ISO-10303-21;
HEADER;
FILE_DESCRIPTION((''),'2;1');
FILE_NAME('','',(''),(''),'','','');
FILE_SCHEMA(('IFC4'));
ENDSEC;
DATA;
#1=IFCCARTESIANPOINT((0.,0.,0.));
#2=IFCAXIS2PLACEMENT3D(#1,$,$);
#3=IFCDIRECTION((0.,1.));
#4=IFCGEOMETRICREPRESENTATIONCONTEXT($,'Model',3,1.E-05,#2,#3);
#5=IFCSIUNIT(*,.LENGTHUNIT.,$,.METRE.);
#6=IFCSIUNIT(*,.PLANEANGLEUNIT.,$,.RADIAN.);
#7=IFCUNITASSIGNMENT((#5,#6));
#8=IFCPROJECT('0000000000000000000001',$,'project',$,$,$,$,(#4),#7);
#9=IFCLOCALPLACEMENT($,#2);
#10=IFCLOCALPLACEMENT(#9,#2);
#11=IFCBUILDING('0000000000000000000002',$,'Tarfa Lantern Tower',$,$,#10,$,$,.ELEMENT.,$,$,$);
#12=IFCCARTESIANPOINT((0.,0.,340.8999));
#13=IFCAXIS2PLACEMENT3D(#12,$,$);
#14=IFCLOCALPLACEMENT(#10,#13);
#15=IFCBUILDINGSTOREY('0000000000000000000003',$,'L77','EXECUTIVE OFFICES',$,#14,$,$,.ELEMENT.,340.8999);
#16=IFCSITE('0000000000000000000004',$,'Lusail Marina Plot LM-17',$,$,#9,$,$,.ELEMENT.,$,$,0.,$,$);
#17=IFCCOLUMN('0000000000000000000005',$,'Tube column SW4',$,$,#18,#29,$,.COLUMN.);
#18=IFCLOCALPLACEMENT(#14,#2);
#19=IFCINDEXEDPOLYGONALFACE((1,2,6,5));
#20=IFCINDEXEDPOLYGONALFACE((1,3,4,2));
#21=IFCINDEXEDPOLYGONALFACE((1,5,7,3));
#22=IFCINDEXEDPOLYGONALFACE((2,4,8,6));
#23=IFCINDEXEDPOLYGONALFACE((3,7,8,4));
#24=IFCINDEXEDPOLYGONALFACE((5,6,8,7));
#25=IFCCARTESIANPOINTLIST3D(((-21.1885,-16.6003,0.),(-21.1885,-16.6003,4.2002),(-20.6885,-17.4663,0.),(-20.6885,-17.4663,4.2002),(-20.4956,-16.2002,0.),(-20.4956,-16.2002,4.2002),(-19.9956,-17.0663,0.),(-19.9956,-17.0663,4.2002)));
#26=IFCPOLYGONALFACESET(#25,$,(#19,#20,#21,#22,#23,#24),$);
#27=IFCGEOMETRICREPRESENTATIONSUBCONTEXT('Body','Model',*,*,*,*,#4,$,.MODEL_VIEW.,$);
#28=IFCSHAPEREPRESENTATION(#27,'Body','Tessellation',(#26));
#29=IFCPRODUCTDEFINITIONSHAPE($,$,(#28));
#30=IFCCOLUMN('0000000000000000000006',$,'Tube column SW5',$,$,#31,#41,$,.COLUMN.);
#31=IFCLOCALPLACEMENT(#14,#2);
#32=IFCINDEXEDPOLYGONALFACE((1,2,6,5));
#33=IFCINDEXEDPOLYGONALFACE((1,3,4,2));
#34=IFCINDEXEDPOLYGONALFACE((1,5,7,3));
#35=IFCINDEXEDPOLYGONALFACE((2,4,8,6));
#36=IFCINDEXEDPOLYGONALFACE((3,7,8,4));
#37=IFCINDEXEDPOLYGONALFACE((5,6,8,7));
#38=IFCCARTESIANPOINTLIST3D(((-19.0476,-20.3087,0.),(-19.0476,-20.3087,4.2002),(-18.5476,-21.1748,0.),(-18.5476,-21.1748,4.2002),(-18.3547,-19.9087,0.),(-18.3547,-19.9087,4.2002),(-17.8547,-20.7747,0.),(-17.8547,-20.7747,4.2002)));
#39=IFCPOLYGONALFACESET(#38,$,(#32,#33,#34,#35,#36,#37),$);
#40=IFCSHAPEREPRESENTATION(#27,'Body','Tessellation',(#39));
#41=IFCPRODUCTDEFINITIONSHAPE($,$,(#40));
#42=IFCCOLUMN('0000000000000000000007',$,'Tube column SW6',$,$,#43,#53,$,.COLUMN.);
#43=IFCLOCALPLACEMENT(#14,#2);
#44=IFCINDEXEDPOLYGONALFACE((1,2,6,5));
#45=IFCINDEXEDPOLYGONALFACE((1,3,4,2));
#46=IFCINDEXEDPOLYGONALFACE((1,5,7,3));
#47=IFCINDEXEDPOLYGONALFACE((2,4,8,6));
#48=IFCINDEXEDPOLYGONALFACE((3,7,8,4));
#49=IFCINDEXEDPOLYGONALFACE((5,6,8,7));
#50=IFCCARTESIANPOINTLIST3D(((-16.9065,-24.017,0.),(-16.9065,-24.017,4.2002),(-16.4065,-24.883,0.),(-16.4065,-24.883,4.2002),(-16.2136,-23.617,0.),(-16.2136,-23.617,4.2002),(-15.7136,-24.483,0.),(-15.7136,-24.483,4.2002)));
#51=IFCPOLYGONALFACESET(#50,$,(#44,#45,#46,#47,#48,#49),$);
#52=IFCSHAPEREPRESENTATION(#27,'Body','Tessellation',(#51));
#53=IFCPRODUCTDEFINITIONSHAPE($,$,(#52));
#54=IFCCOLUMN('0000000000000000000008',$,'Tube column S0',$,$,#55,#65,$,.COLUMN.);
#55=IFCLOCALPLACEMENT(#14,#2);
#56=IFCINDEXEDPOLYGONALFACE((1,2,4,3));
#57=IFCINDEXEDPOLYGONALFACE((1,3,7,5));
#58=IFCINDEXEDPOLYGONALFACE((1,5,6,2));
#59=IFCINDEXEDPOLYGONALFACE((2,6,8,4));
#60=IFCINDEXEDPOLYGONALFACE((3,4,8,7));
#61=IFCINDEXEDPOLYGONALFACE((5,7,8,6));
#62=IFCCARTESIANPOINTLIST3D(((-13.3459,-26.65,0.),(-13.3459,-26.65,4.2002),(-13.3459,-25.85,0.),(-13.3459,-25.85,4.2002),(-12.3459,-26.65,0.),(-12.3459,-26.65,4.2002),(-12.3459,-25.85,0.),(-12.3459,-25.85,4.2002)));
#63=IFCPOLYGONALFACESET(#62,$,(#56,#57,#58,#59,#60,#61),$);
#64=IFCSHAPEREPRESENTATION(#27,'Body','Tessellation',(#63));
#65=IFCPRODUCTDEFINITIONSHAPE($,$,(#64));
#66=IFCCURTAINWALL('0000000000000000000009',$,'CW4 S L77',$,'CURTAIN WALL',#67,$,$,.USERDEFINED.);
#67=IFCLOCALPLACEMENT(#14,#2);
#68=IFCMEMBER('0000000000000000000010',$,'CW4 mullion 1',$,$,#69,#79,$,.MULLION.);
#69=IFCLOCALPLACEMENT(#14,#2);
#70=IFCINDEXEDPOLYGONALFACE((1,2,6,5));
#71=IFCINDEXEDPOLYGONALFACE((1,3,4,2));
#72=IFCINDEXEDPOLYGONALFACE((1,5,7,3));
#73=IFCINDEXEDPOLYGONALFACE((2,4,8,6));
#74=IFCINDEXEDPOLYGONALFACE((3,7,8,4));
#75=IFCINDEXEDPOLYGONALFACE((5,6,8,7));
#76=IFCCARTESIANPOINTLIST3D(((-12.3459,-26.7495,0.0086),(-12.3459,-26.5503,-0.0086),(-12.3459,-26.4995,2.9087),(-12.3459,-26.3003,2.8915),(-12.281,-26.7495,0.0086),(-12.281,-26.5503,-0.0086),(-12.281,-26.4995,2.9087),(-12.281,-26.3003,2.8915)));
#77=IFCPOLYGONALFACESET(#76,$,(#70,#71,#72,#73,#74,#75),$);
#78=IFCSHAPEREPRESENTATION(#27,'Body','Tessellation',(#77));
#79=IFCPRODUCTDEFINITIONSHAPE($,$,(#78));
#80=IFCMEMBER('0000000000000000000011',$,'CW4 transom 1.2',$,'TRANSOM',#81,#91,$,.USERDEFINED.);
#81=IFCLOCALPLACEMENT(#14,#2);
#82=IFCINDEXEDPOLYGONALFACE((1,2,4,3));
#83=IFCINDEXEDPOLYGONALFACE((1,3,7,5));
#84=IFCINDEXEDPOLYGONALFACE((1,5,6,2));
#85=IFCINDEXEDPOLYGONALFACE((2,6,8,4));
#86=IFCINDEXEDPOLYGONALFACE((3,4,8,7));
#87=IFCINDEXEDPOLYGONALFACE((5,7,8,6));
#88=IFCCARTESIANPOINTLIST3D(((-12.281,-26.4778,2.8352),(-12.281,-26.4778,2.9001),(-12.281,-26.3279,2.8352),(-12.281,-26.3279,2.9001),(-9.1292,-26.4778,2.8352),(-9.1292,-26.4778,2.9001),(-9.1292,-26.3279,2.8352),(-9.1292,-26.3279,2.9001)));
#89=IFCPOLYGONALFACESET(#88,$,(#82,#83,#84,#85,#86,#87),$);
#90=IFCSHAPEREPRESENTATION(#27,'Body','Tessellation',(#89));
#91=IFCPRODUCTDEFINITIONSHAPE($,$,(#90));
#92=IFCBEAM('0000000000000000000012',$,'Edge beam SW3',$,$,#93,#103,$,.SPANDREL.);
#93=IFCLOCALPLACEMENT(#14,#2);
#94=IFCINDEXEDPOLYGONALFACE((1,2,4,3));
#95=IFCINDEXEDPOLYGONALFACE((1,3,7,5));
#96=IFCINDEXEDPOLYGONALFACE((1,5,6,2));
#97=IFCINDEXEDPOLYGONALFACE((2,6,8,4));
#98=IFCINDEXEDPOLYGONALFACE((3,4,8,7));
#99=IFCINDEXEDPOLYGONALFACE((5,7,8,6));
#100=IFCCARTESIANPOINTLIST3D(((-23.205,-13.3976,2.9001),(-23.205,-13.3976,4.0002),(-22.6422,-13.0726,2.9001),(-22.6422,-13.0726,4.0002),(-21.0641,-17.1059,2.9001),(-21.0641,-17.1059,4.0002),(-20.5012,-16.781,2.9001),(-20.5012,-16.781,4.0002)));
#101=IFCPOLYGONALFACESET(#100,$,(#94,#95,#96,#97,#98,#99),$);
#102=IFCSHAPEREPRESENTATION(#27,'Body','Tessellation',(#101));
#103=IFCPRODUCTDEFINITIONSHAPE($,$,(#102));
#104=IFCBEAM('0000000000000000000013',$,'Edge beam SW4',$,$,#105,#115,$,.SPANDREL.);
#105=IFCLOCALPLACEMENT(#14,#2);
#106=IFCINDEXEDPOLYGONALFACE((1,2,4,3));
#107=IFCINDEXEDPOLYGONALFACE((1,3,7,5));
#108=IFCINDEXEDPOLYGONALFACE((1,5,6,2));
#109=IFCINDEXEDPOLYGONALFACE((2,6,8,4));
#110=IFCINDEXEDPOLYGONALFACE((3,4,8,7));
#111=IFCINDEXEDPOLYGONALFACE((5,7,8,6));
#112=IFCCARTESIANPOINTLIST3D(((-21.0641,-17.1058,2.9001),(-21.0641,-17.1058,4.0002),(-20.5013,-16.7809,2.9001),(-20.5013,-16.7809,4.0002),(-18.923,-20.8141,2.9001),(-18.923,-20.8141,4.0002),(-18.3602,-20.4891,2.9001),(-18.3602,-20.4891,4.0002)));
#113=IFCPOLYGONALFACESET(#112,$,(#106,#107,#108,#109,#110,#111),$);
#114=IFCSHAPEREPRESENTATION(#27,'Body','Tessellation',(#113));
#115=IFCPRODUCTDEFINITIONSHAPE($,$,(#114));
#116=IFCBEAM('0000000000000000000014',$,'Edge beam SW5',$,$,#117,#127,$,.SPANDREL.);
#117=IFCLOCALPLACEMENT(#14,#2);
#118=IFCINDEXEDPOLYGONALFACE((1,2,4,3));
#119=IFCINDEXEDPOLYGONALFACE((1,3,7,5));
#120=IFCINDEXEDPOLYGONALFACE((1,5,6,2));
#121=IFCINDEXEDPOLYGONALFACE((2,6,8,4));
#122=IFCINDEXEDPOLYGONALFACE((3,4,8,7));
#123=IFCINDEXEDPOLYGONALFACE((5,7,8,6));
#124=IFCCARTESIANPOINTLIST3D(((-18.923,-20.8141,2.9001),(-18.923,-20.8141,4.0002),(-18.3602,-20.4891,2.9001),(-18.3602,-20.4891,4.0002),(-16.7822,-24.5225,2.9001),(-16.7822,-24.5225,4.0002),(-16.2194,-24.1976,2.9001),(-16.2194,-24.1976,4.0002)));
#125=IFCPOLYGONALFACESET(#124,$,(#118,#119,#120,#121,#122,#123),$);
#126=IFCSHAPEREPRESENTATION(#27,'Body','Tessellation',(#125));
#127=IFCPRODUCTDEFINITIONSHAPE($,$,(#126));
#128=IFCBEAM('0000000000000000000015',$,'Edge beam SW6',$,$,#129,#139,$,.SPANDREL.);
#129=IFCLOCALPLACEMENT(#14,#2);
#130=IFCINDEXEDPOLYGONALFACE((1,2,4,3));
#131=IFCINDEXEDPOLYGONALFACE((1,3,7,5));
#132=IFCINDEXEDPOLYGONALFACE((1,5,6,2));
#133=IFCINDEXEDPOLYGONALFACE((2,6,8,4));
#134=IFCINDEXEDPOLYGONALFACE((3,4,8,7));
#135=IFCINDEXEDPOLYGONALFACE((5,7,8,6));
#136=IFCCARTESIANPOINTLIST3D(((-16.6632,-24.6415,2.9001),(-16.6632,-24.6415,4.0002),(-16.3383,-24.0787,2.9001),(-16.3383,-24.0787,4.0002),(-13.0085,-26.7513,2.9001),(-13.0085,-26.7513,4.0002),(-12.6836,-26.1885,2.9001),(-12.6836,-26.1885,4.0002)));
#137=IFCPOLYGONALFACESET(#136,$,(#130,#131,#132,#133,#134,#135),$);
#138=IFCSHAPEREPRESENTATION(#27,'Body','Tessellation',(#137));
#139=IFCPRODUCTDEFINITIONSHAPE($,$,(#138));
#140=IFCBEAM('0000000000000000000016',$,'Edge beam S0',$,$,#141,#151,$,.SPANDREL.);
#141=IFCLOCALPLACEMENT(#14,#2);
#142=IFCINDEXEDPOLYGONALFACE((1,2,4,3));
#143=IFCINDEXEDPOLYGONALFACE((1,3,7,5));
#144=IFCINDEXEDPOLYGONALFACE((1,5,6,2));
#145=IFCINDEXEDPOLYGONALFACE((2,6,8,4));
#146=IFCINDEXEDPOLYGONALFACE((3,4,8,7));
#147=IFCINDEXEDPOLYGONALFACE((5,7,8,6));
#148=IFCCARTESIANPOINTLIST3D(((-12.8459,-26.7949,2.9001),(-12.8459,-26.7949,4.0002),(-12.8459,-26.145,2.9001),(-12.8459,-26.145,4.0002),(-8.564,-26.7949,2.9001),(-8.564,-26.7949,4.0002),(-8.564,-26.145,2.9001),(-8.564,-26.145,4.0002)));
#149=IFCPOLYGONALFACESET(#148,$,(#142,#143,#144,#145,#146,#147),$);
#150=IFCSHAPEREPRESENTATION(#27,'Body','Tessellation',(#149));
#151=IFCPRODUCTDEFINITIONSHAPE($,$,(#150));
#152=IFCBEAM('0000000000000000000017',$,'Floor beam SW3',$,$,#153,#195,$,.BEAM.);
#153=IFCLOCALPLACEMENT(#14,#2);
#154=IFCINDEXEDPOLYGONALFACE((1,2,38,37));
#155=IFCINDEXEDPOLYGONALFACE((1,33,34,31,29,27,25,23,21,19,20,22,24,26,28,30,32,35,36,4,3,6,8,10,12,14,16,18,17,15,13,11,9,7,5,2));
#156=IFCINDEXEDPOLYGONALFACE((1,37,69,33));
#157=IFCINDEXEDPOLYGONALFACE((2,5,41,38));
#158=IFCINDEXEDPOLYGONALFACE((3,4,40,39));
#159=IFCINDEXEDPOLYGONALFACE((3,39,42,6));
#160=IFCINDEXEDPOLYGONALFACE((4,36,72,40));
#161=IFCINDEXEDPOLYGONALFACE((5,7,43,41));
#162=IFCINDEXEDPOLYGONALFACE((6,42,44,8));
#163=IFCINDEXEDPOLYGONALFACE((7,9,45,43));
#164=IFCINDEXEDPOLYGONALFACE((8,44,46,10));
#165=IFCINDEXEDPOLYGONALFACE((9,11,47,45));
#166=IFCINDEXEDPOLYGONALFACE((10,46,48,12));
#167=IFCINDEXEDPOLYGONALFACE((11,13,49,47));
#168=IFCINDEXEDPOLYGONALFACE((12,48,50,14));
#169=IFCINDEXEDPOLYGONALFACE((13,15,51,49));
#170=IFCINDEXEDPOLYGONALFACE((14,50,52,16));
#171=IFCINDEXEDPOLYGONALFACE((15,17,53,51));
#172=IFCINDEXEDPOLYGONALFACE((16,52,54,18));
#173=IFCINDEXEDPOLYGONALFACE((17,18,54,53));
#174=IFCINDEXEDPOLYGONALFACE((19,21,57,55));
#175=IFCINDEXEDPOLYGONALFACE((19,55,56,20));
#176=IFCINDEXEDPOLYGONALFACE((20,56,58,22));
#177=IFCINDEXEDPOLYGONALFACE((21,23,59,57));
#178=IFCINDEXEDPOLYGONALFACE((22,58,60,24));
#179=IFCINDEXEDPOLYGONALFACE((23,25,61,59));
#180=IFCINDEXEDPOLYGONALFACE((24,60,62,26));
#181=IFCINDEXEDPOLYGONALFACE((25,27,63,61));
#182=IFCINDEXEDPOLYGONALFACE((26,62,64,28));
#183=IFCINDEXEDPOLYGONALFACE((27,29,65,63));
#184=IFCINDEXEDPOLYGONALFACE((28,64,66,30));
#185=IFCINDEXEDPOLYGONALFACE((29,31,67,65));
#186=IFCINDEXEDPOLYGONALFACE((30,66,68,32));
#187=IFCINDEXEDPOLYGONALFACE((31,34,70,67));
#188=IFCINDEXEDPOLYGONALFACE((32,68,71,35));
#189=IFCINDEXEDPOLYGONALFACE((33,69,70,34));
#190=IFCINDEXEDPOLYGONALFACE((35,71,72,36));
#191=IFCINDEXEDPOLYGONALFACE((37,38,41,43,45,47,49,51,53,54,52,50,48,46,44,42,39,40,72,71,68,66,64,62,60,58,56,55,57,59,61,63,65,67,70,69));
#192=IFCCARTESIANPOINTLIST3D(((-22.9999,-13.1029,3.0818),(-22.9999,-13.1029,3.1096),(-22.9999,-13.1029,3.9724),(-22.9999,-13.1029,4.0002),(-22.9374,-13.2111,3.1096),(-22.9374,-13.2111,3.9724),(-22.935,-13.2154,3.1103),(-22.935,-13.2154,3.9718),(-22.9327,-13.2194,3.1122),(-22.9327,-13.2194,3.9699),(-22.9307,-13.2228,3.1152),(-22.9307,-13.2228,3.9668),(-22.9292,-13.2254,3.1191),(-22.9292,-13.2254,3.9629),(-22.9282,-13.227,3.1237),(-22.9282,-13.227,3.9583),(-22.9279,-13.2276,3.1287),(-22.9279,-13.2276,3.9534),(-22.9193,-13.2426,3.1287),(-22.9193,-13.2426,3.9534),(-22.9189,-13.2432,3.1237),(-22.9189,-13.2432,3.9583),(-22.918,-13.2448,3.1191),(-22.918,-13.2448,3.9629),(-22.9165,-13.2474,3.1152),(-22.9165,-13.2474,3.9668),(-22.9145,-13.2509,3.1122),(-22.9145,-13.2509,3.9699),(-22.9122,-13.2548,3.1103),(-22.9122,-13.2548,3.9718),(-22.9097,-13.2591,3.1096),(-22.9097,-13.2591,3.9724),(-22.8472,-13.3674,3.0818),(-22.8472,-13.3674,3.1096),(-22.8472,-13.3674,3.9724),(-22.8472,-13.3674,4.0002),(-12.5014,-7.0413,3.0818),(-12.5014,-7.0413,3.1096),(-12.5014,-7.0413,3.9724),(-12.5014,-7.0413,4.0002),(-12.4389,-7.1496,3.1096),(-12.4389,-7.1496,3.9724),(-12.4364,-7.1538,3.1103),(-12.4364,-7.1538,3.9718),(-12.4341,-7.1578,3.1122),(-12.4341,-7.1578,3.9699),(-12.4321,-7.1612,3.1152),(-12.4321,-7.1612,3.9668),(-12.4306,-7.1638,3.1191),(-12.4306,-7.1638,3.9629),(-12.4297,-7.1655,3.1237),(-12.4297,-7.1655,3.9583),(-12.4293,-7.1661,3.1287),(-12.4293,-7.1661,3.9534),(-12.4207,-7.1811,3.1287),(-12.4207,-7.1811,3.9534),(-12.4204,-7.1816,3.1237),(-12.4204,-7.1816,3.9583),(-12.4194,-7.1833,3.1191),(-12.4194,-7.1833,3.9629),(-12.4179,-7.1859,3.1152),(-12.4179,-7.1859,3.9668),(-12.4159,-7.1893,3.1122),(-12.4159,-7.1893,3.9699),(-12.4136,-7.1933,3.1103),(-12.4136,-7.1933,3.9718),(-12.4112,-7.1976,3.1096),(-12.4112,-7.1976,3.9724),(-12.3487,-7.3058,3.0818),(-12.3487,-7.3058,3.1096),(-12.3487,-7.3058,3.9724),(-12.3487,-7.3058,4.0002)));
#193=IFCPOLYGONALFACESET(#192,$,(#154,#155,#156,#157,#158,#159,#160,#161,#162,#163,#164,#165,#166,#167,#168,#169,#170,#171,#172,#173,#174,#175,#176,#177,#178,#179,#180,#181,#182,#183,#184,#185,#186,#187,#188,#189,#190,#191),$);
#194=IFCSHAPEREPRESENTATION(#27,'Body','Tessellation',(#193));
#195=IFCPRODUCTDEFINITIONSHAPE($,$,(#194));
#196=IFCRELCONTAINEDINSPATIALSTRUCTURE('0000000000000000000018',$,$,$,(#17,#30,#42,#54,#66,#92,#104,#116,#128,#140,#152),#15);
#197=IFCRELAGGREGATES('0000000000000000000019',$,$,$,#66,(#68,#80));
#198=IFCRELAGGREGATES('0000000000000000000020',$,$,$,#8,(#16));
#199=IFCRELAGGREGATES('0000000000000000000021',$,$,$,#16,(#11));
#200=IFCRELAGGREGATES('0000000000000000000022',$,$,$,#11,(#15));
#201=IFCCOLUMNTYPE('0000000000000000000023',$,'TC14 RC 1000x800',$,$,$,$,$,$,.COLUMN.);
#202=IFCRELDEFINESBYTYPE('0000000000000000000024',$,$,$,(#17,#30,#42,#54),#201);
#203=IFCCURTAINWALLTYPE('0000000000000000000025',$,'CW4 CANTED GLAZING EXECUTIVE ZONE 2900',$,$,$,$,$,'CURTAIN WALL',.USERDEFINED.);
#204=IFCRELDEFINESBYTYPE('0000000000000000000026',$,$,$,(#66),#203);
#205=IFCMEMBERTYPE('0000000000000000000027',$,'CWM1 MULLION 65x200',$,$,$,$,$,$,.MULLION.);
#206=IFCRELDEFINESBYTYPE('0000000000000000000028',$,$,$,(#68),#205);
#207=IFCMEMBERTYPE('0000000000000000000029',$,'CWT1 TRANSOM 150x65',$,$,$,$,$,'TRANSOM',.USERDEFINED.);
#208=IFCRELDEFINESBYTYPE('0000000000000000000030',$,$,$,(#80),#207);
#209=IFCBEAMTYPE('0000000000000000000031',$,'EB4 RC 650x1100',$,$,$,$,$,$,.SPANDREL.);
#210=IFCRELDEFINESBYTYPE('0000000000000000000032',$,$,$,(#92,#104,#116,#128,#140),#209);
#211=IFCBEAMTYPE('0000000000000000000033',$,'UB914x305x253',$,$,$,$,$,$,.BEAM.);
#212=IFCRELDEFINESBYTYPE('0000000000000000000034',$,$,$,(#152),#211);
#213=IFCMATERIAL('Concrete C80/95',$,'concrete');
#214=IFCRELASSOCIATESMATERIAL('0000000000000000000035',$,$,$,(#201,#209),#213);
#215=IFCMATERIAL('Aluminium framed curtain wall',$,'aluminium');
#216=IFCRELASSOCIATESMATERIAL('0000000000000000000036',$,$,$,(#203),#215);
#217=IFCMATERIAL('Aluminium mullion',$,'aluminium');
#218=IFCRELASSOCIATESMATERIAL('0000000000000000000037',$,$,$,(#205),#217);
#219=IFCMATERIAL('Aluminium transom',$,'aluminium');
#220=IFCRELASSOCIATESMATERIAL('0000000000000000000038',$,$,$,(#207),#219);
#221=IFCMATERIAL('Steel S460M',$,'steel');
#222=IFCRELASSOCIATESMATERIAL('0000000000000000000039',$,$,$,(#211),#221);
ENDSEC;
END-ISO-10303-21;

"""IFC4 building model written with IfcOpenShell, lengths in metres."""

from ifc_helpers import new_model, si_unit, direction, frame, origin, origin_2d, place, context, subcontext, project, spatial, rectangle, i_section, extrude, material, material_profile, profile_set, type_object, element, aggregate, save


model = new_model("IFC4")

# Units and contexts
model_context = context("Model", 3, precision=1e-05, world=origin(), true_north=direction((0.0, 1.0)))
body_context = subcontext(model_context, "Body", "Model", "MODEL_VIEW")
ifc_project = project(units=[si_unit("LENGTHUNIT", "METRE"), si_unit("PLANEANGLEUNIT", "RADIAN")], contexts=[model_context])

# Site, building, storey
site_placement = place(None, origin())
site = spatial("IfcSite", under=ifc_project, at=site_placement, Name="Lusail Marina Plot LM-17", CompositionType="ELEMENT", RefElevation=0.0)
building_placement = place(site_placement, origin())
building = spatial("IfcBuilding", under=site, at=building_placement, Name="Tarfa Lantern Tower", CompositionType="ELEMENT")
storey_placement = place(building_placement, frame((0.0, 0.0, 340.8999)))
storey = spatial("IfcBuildingStorey", under=building, at=storey_placement, Name="L77", Description="EXECUTIVE OFFICES", CompositionType="ELEMENT", Elevation=340.8999)

# Columns
ifc_material_1 = material(Name="Concrete C80/95", Category="concrete")
ifc_material_profile_1 = material_profile(ifc_material_1, rectangle(XDim=1.0, YDim=0.8, at=origin_2d()), Name="RC 1000x800")
ifc_profile_set_1 = profile_set([ifc_material_profile_1], Name="Concrete C80/95")
column_type = type_object("IfcColumnType", Name="TC14 RC 1000x800", PredefinedType="COLUMN", material=ifc_profile_set_1)
for number, where, z_axis, x_axis, name in (
    (1, (-20.592, -16.8333, 0.0), (0.0, 0.0, 1.0), (0.5, -0.866025, 0.0), "Tube column SW4"),
    (2, (-18.4512, -20.5417, 0.0), (0.0, 0.0, 1.0), (0.5, -0.866025, 0.0), "Tube column SW5"),
    (3, (-16.3101, -24.25, 0.0), (0.0, 0.0, 1.0), (0.5, -0.866025, 0.0), "Tube column SW6"),
    (4, (-12.8459, -26.25, 0.0), (0.0, 0.0, 1.0), (1.0, 0.0, 0.0), "Tube column S0"),
):
    element("IfcColumn", number, at=place(storey_placement, frame(where, z_axis=z_axis, x_axis=x_axis)), inside=storey, type_object=column_type, Name=name, PredefinedType="COLUMN", context=body_context, shape_type="SweptSolid", body=[
        extrude(rectangle(XDim=1.0, YDim=0.8, at=origin_2d()), origin(), (0.0, 0.0, 1.0), 4.2002),
    ])

# Curtain wall, members
ifc_material_2 = material(Name="Aluminium framed curtain wall", Category="aluminium")
curtain_wall_type = type_object("IfcCurtainWallType", Name="CW4 CANTED GLAZING EXECUTIVE ZONE 2900", ElementType="CURTAIN WALL", PredefinedType="USERDEFINED", material=ifc_material_2)
curtain_wall_placement = place(storey_placement, origin())
curtain_wall = element("IfcCurtainWall", 5, at=curtain_wall_placement, inside=storey, type_object=curtain_wall_type, Name="CW4 S L77", ObjectType="CURTAIN WALL", PredefinedType="USERDEFINED")
ifc_material_3 = material(Name="Aluminium mullion", Category="aluminium")
ifc_material_profile_2 = material_profile(ifc_material_3, rectangle(XDim=0.0649, YDim=0.2, at=origin_2d()), Name="AL MULLION 65x200")
ifc_profile_set_2 = profile_set([ifc_material_profile_2], Name="Aluminium mullion")
member_type_1 = type_object("IfcMemberType", Name="CWM1 MULLION 65x200", PredefinedType="MULLION", material=ifc_profile_set_2)
member_1_placement = place(storey_placement, frame((-12.3135, -26.6499, 0.0), z_axis=(0.0, 0.085884, 0.996305), x_axis=(-1.0, 0.0, 0.0)))
member_1 = element("IfcMember", 6, at=member_1_placement, type_object=member_type_1, Name="CW4 mullion 1", PredefinedType="MULLION", context=body_context, shape_type="SweptSolid", body=[
    extrude(rectangle(XDim=0.0649, YDim=0.2, at=origin_2d()), origin(), (0.0, 0.0, 1.0), 2.9109),
])
ifc_material_4 = material(Name="Aluminium transom", Category="aluminium")
ifc_material_profile_3 = material_profile(ifc_material_4, rectangle(XDim=0.1499, YDim=0.0649, at=origin_2d()), Name="AL TRANSOM 150x65")
ifc_profile_set_3 = profile_set([ifc_material_profile_3], Name="Aluminium transom")
member_type_2 = type_object("IfcMemberType", Name="CWT1 TRANSOM 150x65", ElementType="TRANSOM", PredefinedType="USERDEFINED", material=ifc_profile_set_3)
member_2_placement = place(storey_placement, frame((-12.281, -26.4028, 2.8677), z_axis=(1.0, 0.0, 0.0), x_axis=(0.0, 1.0, 0.0)))
member_2 = element("IfcMember", 7, at=member_2_placement, type_object=member_type_2, Name="CW4 transom 1.2", ObjectType="TRANSOM", PredefinedType="USERDEFINED", context=body_context, shape_type="SweptSolid", body=[
    extrude(rectangle(XDim=0.1499, YDim=0.0649, at=origin_2d()), origin(), (0.0, 0.0, 1.0), 3.1519),
])

# Beams
ifc_material_profile_4 = material_profile(ifc_material_1, rectangle(XDim=0.6499, YDim=1.1001, at=origin_2d()), Name="RC 650x1100")
ifc_profile_set_4 = profile_set([ifc_material_profile_4], Name="Concrete C80/95")
beam_type_1 = type_object("IfcBeamType", Name="EB4 RC 650x1100", PredefinedType="SPANDREL", material=ifc_profile_set_4)
for number, where, z_axis, x_axis, name in (
    (8, (-22.9236, -13.2351, 3.4502), (0.499984, -0.866035, 0.0), (0.866035, 0.499984, 0.0), "Edge beam SW3"),
    (9, (-20.7827, -16.9434, 3.4502), (0.500027, -0.86601, 0.0), (0.86601, 0.500027, 0.0), "Edge beam SW4"),
    (10, (-18.6416, -20.6516, 3.4502), (0.499959, -0.866049, 0.0), (0.866049, 0.499959, 0.0), "Edge beam SW5"),
):
    element("IfcBeam", number, at=place(storey_placement, frame(where, z_axis=z_axis, x_axis=x_axis)), inside=storey, type_object=beam_type_1, Name=name, PredefinedType="SPANDREL", context=body_context, shape_type="SweptSolid", body=[
        extrude(rectangle(XDim=0.6499, YDim=1.1001, at=origin_2d()), origin(), (0.0, 0.0, 1.0), 4.282),
    ])
beam_1_placement = place(storey_placement, frame((-16.5007, -24.3601, 3.4502), z_axis=(0.866049, -0.499959, 0.0), x_axis=(0.499959, 0.866049, 0.0)))
element("IfcBeam", 11, at=beam_1_placement, inside=storey, type_object=beam_type_1, Name="Edge beam SW6", PredefinedType="SPANDREL", context=body_context, shape_type="SweptSolid", body=[
    extrude(rectangle(XDim=0.6499, YDim=1.1001, at=origin_2d()), origin(), (0.0, 0.0, 1.0), 4.22),
])
beam_2_placement = place(storey_placement, frame((-12.8459, -26.47, 3.4502), z_axis=(1.0, 0.0, 0.0), x_axis=(0.0, 1.0, 0.0)))
element("IfcBeam", 12, at=beam_2_placement, inside=storey, type_object=beam_type_1, Name="Edge beam S0", PredefinedType="SPANDREL", context=body_context, shape_type="SweptSolid", body=[
    extrude(rectangle(XDim=0.6499, YDim=1.1001, at=origin_2d()), origin(), (0.0, 0.0, 1.0), 4.282),
])
ifc_material_5 = material(Name="Steel S460M", Category="steel")
ifc_material_profile_5 = material_profile(ifc_material_5, i_section(OverallWidth=0.3054, OverallDepth=0.9185, WebThickness=0.0173, FlangeThickness=0.0278, FilletRadius=0.019, at=origin_2d()), Name="UB914x305x253")
ifc_profile_set_5 = profile_set([ifc_material_profile_5], Name="Steel S460M")
beam_type_2 = type_object("IfcBeamType", Name="UB914x305x253", PredefinedType="BEAM", material=ifc_profile_set_5)
beam_3_placement = place(storey_placement, frame((-22.9236, -13.2351, 3.541), z_axis=(0.866019, 0.500012, 0.0), x_axis=(-0.500012, 0.866019, 0.0)))
element("IfcBeam", 13, at=beam_3_placement, inside=storey, type_object=beam_type_2, Name="Floor beam SW3", PredefinedType="BEAM", context=body_context, shape_type="SweptSolid", body=[
    extrude(i_section(OverallWidth=0.3054, OverallDepth=0.9185, WebThickness=0.0173, FlangeThickness=0.0278, FilletRadius=0.019, at=origin_2d()), origin(), (0.0, 0.0, 1.0), 12.1228),
])

aggregate(curtain_wall, [member_1, member_2])

save(model, "model.ifc")
